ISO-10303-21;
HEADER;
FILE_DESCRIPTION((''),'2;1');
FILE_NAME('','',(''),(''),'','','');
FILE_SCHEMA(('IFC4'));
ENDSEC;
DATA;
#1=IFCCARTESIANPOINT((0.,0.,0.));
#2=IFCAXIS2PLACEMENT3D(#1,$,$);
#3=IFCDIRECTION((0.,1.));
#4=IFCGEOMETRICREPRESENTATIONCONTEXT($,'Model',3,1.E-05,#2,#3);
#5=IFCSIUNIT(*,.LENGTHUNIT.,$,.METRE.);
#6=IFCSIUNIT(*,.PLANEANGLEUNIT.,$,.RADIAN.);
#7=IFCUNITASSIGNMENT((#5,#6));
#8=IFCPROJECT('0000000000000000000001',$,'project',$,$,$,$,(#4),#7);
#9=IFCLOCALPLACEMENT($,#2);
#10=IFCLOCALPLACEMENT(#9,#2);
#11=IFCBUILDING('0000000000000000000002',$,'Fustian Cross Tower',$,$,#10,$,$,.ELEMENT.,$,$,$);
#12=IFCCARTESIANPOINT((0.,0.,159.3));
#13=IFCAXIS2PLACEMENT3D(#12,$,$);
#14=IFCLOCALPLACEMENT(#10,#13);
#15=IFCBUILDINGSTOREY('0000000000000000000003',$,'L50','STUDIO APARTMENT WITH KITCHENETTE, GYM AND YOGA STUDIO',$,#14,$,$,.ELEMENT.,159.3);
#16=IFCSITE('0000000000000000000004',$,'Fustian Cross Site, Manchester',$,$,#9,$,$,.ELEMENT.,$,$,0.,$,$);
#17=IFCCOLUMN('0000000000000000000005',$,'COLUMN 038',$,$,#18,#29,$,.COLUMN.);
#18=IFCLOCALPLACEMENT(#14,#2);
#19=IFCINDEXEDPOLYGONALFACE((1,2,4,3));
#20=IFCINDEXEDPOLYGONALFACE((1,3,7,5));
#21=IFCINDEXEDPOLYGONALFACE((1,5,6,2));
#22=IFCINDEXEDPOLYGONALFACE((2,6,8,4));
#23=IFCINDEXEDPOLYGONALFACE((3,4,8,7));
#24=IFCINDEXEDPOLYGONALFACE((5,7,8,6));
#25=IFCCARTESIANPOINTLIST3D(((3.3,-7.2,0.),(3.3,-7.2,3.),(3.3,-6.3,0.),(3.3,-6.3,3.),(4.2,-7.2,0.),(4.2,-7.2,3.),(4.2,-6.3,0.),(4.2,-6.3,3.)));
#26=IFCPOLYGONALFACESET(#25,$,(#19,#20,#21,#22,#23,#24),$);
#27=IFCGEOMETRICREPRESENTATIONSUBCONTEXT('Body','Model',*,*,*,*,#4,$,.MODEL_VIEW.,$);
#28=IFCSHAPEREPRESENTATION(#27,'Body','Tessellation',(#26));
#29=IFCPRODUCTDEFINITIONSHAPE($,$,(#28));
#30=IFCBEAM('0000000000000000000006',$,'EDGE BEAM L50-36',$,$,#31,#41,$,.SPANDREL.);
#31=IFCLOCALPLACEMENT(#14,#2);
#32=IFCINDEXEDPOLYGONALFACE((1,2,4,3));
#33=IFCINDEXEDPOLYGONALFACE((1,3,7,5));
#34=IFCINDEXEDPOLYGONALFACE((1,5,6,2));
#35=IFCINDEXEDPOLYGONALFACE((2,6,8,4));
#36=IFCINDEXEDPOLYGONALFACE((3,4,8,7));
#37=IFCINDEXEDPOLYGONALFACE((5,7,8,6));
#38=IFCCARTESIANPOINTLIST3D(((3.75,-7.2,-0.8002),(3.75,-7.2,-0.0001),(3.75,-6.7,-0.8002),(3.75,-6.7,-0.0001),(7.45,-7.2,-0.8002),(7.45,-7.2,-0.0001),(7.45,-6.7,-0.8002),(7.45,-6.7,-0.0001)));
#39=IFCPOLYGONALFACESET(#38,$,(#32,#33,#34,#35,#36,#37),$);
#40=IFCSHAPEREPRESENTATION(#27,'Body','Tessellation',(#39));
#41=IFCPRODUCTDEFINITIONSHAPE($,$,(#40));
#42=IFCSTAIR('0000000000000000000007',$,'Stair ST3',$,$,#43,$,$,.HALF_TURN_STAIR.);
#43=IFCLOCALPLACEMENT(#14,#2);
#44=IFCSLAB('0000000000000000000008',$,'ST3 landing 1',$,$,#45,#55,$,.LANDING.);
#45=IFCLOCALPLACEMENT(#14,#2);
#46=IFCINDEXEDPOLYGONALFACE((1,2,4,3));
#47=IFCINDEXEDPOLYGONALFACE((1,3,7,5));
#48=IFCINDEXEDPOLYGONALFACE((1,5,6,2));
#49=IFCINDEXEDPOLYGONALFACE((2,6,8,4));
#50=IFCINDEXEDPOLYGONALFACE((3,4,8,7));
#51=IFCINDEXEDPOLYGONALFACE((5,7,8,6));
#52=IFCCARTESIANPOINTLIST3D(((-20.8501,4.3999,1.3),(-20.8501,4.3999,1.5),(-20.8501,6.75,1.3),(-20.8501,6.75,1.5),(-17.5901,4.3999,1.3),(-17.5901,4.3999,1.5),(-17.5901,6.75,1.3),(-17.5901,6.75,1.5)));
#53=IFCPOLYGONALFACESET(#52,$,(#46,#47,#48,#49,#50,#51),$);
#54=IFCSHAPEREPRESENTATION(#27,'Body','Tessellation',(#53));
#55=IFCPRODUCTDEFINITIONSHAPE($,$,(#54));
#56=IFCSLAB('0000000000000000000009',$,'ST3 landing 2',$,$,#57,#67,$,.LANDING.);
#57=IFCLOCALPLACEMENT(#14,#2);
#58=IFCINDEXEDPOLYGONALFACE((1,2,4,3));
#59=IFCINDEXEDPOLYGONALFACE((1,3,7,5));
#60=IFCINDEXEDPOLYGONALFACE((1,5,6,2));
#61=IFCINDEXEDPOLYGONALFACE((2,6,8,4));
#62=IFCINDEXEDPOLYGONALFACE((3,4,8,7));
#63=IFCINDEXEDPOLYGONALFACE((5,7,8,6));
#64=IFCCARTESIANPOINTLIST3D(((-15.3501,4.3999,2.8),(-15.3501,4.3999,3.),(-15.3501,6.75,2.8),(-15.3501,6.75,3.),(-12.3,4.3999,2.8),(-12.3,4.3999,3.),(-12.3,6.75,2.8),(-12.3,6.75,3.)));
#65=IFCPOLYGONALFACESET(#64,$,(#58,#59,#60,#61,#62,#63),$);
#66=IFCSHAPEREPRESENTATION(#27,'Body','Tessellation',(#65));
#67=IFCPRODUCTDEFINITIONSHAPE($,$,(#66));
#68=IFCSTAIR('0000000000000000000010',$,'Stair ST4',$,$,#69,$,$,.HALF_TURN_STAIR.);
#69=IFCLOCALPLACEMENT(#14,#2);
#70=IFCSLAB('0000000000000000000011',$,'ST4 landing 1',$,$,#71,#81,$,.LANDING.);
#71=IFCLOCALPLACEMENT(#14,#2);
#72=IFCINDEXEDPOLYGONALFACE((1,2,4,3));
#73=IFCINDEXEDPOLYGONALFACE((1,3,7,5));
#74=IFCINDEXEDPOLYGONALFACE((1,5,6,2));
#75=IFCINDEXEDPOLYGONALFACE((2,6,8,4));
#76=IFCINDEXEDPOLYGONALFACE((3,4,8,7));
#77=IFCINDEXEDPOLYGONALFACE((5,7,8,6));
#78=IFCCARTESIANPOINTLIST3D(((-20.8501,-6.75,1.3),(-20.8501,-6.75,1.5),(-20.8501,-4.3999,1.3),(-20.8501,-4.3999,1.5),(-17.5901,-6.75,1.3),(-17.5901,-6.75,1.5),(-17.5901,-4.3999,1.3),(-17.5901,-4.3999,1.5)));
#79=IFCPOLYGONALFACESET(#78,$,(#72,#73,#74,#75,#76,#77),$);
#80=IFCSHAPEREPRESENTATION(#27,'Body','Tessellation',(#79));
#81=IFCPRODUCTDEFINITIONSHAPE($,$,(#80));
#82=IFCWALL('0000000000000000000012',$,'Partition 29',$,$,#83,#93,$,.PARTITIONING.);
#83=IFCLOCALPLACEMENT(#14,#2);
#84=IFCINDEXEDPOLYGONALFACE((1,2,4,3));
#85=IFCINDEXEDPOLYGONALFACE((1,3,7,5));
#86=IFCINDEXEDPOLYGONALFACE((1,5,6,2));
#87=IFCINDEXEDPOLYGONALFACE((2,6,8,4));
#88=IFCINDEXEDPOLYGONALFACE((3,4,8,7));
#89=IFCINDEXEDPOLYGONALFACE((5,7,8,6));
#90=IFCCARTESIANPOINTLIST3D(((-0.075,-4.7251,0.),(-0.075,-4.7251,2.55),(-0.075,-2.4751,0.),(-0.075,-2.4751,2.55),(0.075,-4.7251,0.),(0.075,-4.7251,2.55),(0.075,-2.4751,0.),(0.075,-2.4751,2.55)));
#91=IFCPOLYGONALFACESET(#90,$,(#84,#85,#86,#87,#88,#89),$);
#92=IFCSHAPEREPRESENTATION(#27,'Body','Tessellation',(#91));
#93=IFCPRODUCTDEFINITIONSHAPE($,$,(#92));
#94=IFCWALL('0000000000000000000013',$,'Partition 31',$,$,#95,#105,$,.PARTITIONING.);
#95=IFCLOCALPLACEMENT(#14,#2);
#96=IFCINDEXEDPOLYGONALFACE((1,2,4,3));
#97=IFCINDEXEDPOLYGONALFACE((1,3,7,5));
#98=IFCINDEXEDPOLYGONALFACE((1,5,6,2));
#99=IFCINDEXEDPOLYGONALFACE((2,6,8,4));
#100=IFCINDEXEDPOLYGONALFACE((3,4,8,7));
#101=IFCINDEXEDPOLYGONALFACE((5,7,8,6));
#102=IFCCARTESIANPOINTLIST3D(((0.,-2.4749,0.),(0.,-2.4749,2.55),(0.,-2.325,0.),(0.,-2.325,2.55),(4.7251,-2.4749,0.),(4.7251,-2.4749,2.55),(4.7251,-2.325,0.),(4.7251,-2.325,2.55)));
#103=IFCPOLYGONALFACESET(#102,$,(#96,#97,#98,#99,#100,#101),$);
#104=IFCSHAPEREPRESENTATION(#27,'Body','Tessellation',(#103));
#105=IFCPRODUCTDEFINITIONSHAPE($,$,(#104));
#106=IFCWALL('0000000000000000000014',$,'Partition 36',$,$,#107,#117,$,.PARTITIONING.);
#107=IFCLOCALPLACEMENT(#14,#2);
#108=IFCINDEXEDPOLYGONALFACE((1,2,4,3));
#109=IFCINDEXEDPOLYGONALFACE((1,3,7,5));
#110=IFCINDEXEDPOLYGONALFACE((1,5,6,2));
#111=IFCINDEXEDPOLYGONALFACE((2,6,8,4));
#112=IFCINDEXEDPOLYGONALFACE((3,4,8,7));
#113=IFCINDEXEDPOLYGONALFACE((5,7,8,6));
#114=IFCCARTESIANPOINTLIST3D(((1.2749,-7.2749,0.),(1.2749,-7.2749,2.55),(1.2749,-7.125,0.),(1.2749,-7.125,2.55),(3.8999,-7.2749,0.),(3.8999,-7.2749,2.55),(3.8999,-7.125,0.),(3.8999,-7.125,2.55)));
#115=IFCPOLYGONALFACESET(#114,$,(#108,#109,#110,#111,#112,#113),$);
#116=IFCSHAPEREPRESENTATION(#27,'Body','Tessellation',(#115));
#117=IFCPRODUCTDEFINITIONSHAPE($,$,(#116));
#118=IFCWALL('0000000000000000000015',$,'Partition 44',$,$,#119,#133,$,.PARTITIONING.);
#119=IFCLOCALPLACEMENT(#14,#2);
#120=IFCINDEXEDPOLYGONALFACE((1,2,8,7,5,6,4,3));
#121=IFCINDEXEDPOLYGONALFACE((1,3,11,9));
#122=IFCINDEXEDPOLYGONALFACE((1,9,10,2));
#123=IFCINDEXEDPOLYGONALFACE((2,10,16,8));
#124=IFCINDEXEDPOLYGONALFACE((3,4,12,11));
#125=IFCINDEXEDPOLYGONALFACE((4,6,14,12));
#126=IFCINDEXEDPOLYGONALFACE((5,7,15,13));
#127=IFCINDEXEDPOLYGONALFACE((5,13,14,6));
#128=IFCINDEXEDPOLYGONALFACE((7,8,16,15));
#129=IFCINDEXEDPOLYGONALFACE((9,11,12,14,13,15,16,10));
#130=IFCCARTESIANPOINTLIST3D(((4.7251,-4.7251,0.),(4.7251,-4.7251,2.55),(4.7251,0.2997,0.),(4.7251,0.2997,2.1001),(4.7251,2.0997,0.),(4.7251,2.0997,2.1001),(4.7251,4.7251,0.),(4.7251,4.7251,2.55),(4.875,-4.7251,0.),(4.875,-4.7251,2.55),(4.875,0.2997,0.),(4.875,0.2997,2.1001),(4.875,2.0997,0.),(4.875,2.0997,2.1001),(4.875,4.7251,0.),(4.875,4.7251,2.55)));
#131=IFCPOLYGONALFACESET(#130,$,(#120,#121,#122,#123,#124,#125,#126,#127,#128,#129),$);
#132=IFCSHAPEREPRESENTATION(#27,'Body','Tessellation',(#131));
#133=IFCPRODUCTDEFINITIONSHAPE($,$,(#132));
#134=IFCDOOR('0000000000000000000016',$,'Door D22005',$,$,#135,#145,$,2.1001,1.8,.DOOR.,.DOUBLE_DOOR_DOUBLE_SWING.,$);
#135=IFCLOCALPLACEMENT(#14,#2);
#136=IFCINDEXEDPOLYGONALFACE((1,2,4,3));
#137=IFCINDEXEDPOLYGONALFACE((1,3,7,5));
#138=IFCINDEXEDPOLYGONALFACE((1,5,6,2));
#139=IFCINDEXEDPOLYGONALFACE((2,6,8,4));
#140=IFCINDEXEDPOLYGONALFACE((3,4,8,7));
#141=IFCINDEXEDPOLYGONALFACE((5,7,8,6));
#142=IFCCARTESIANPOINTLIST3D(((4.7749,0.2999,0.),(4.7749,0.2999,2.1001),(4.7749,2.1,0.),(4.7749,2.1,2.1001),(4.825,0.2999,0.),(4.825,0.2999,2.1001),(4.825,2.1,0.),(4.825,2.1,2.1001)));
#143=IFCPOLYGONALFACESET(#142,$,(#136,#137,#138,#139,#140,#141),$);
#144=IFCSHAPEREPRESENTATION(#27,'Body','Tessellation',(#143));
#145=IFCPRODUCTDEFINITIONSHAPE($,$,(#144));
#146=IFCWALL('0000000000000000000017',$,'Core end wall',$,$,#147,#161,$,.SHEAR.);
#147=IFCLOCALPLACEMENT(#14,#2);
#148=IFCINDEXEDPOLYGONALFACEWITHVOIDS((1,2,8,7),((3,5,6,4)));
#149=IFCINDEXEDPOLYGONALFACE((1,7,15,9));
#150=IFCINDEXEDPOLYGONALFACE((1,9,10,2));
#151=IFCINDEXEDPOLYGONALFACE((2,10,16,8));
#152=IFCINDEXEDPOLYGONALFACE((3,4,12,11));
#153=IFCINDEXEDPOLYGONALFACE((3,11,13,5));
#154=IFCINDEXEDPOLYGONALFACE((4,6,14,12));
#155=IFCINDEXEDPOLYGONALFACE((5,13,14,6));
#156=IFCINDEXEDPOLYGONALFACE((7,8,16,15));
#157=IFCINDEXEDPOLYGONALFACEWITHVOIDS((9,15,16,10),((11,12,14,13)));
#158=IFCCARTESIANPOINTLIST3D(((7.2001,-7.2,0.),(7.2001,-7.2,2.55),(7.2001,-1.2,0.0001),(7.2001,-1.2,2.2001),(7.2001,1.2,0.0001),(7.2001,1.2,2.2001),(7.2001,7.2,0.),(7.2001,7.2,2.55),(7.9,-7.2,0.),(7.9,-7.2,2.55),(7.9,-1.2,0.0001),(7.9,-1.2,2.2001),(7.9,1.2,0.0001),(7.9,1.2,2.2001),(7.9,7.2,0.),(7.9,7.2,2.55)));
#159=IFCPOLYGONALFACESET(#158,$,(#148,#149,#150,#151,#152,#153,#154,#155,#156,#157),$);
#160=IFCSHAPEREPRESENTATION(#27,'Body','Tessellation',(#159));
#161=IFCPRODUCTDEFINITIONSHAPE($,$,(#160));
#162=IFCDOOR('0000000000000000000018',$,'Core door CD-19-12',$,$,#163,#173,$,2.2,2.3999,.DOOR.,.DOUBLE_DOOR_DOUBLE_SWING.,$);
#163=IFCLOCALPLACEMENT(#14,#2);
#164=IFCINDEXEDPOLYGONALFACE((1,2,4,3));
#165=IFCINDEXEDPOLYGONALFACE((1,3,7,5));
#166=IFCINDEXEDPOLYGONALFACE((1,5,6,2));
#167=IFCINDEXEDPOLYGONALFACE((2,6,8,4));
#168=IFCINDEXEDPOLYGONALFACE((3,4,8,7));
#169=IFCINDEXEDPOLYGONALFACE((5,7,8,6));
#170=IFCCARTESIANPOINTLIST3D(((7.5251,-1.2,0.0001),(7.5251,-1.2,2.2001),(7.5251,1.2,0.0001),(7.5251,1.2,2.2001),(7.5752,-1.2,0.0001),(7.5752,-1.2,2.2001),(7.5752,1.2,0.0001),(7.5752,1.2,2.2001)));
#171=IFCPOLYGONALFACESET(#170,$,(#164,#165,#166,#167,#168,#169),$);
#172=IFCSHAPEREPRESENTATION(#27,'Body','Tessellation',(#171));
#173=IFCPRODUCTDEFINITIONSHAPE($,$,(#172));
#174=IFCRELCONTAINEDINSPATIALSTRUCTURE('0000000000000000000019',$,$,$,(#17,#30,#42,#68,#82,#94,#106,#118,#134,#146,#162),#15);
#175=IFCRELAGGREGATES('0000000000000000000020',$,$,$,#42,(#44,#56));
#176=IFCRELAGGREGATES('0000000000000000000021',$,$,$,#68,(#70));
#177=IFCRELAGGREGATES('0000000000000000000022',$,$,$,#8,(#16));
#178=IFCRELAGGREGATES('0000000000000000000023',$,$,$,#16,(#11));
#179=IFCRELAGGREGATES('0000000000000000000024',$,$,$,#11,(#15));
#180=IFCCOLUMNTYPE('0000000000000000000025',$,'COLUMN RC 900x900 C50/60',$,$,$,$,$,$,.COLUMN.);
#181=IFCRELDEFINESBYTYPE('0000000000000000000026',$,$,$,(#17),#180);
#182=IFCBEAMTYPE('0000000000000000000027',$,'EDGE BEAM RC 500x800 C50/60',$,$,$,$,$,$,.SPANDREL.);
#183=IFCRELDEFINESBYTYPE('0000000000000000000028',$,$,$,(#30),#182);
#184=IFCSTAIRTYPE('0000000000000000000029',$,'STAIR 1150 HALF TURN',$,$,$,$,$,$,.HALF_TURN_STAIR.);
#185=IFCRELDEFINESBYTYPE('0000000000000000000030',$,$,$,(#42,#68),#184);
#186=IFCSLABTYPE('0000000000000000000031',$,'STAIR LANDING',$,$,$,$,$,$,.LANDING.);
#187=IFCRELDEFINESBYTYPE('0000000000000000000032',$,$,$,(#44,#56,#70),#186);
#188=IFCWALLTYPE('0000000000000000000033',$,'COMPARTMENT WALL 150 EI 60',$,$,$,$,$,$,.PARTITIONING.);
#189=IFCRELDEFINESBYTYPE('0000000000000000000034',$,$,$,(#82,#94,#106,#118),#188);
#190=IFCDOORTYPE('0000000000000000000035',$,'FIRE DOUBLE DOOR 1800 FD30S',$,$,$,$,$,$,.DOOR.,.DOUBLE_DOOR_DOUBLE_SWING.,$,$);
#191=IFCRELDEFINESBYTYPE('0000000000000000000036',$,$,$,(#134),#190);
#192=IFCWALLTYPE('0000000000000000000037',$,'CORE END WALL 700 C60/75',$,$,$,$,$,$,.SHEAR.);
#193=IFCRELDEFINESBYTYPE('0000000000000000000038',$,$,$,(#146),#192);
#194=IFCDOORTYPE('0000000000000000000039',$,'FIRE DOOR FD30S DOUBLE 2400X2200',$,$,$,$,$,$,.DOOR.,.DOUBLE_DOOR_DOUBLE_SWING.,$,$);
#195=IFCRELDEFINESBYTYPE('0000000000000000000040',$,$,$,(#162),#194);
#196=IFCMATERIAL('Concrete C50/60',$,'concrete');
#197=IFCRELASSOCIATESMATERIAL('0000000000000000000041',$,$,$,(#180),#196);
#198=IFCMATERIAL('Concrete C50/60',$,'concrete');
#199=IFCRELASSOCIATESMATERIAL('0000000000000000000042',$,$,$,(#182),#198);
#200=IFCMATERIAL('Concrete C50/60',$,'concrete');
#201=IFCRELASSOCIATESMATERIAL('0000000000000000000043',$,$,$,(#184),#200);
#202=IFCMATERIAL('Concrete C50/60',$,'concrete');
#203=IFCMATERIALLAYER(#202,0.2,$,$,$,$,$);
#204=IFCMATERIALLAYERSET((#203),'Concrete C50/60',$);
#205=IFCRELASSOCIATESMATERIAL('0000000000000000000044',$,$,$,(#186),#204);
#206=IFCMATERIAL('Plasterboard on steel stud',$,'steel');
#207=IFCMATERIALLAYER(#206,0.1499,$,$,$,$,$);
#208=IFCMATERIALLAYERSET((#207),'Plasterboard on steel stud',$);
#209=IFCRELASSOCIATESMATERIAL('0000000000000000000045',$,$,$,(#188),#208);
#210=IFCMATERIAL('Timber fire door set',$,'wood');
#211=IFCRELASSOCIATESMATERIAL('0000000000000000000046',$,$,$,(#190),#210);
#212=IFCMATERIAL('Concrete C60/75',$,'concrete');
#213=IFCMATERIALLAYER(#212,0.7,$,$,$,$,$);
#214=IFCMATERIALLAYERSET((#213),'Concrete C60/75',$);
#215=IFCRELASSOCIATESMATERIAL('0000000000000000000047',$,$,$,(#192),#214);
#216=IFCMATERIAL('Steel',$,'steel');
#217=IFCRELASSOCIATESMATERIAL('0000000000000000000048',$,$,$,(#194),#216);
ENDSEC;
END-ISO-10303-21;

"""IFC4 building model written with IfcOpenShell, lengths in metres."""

from ifc_helpers import new_model, si_unit, direction, frame, frame_2d, origin, origin_2d, place, context, subcontext, project, spatial, polyline, rectangle, outline, extrude, material, layer, layer_set, material_profile, profile_set, type_object, element, fill, aggregate, save


model = new_model("IFC4")

# Units and contexts
model_context = context("Model", 3, precision=1e-05, world=origin(), true_north=direction((0.0, 1.0)))
body_context = subcontext(model_context, "Body", "Model", "MODEL_VIEW")
ifc_project = project(units=[si_unit("LENGTHUNIT", "METRE"), si_unit("PLANEANGLEUNIT", "RADIAN")], contexts=[model_context])

# Site, building, storey
site_placement = place(None, origin())
site = spatial("IfcSite", under=ifc_project, at=site_placement, Name="Fustian Cross Site, Manchester", CompositionType="ELEMENT", RefElevation=0.0)
building_placement = place(site_placement, origin())
building = spatial("IfcBuilding", under=site, at=building_placement, Name="Fustian Cross Tower", CompositionType="ELEMENT")
storey_placement = place(building_placement, frame((0.0, 0.0, 159.3)))
storey = spatial("IfcBuildingStorey", under=building, at=storey_placement, Name="L50", Description="STUDIO APARTMENT WITH KITCHENETTE, GYM AND YOGA STUDIO", CompositionType="ELEMENT", Elevation=159.3)

# Column
ifc_material_1 = material(Name="Concrete C50/60", Category="concrete")
ifc_material_profile_1 = material_profile(ifc_material_1, rectangle(XDim=0.8999, YDim=0.8999, at=origin_2d()), Name="RC 900x900")
ifc_profile_set_1 = profile_set([ifc_material_profile_1], Name="Concrete C50/60")
column_type = type_object("IfcColumnType", Name="COLUMN RC 900x900 C50/60", PredefinedType="COLUMN", material=ifc_profile_set_1)
column_placement = place(storey_placement, frame((3.75, -6.75, 0.0), z_axis=(0.0, 0.0, 1.0), x_axis=(1.0, 0.0, 0.0)))
element("IfcColumn", 1, at=column_placement, inside=storey, type_object=column_type, Name="COLUMN 038", PredefinedType="COLUMN", context=body_context, shape_type="SweptSolid", body=[
    extrude(rectangle(XDim=0.8999, YDim=0.8999, at=origin_2d()), origin(), (0.0, 0.0, 1.0), 3.0),
])

# Beam
ifc_material_2 = material(Name="Concrete C50/60", Category="concrete")
ifc_material_profile_2 = material_profile(ifc_material_2, rectangle(XDim=0.5, YDim=0.8, at=origin_2d()), Name="RC 500x800")
ifc_profile_set_2 = profile_set([ifc_material_profile_2], Name="Concrete C50/60")
beam_type = type_object("IfcBeamType", Name="EDGE BEAM RC 500x800 C50/60", PredefinedType="SPANDREL", material=ifc_profile_set_2)
beam_placement = place(storey_placement, frame((3.75, -6.95, -0.4001), z_axis=(1.0, 0.0, 0.0), x_axis=(0.0, 1.0, 0.0)))
element("IfcBeam", 2, at=beam_placement, inside=storey, type_object=beam_type, Name="EDGE BEAM L50-36", PredefinedType="SPANDREL", context=body_context, shape_type="SweptSolid", body=[
    extrude(rectangle(XDim=0.5, YDim=0.8, at=origin_2d()), origin(), (0.0, 0.0, 1.0), 3.7),
])

# Stair, slabs
ifc_material_3 = material(Name="Concrete C50/60", Category="concrete")
stair_type = type_object("IfcStairType", Name="STAIR 1150 HALF TURN", PredefinedType="HALF_TURN_STAIR", material=ifc_material_3)
stair_1_placement = place(storey_placement, origin())
stair_1 = element("IfcStair", 3, at=stair_1_placement, inside=storey, type_object=stair_type, Name="Stair ST3", PredefinedType="HALF_TURN_STAIR")
ifc_material_4 = material(Name="Concrete C50/60", Category="concrete")
ifc_layer_1 = layer(ifc_material_4, 0.2)
ifc_layer_set_1 = layer_set([ifc_layer_1], Name="Concrete C50/60")
slab_type = type_object("IfcSlabType", Name="STAIR LANDING", PredefinedType="LANDING", material=ifc_layer_set_1)
slab_1_placement = place(storey_placement, frame((0.0, 0.0, 1.3)))
slab_1 = element("IfcSlab", 4, at=slab_1_placement, type_object=slab_type, Name="ST3 landing 1", PredefinedType="LANDING", context=body_context, shape_type="SweptSolid", body=[
    extrude(outline(polyline([(-17.5901, 4.3999), (-20.8501, 4.3999), (-20.8501, 6.75), (-17.5901, 6.75), (-17.5901, 4.3999)])), origin(), (0.0, 0.0, 1.0), 0.2),
])
slab_2_placement = place(storey_placement, frame((0.0, 0.0, 2.8)))
slab_2 = element("IfcSlab", 5, at=slab_2_placement, type_object=slab_type, Name="ST3 landing 2", PredefinedType="LANDING", context=body_context, shape_type="SweptSolid", body=[
    extrude(outline(polyline([(-12.3, 4.3999), (-15.3501, 4.3999), (-15.3501, 6.75), (-12.3, 6.75), (-12.3, 4.3999)])), origin(), (0.0, 0.0, 1.0), 0.2),
])
aggregate(stair_1, [slab_1, slab_2])

# Stair, slab
stair_2_placement = place(storey_placement, origin())
stair_2 = element("IfcStair", 6, at=stair_2_placement, inside=storey, type_object=stair_type, Name="Stair ST4", PredefinedType="HALF_TURN_STAIR")
slab_3_placement = place(storey_placement, frame((0.0, 0.0, 1.3)))
slab_3 = element("IfcSlab", 7, at=slab_3_placement, type_object=slab_type, Name="ST4 landing 1", PredefinedType="LANDING", context=body_context, shape_type="SweptSolid", body=[
    extrude(outline(polyline([(-17.5901, -4.3999), (-20.8501, -4.3999), (-20.8501, -6.75), (-17.5901, -6.75), (-17.5901, -4.3999)])), origin(), (0.0, 0.0, 1.0), 0.2),
])
aggregate(stair_2, [slab_3])

# Walls
ifc_material_5 = material(Name="Plasterboard on steel stud", Category="steel")
ifc_layer_2 = layer(ifc_material_5, 0.1499)
ifc_layer_set_2 = layer_set([ifc_layer_2], Name="Plasterboard on steel stud")
wall_type_1 = type_object("IfcWallType", Name="COMPARTMENT WALL 150 EI 60", PredefinedType="PARTITIONING", material=ifc_layer_set_2)
wall_1_placement = place(storey_placement, frame((0.0, -4.7251, 0.0), z_axis=(0.0, 0.0, 1.0), x_axis=(0.0, 1.0, 0.0)))
element("IfcWall", 8, at=wall_1_placement, inside=storey, type_object=wall_type_1, Name="Partition 29", PredefinedType="PARTITIONING", context=body_context, shape_type="SweptSolid", body=[
    extrude(rectangle(XDim=2.25, YDim=0.1499, at=frame_2d((1.125, 0.0))), origin(), (0.0, 0.0, 1.0), 2.55),
])
wall_2_placement = place(storey_placement, frame((0.0, -2.3999, 0.0), z_axis=(0.0, 0.0, 1.0), x_axis=(1.0, 0.0, 0.0)))
element("IfcWall", 9, at=wall_2_placement, inside=storey, type_object=wall_type_1, Name="Partition 31", PredefinedType="PARTITIONING", context=body_context, shape_type="SweptSolid", body=[
    extrude(rectangle(XDim=4.7251, YDim=0.1499, at=frame_2d((2.3625, 0.0))), origin(), (0.0, 0.0, 1.0), 2.55),
])
wall_3_placement = place(storey_placement, frame((1.2749, -7.2, 0.0), z_axis=(0.0, 0.0, 1.0), x_axis=(1.0, 0.0, 0.0)))
element("IfcWall", 10, at=wall_3_placement, inside=storey, type_object=wall_type_1, Name="Partition 36", PredefinedType="PARTITIONING", context=body_context, shape_type="SweptSolid", body=[
    extrude(rectangle(XDim=2.625, YDim=0.1499, at=frame_2d((1.3125, 0.0))), origin(), (0.0, 0.0, 1.0), 2.55),
])

# Walls, openings, doors
wall_4_placement = place(storey_placement, frame((4.8, -4.7251, 0.0), z_axis=(0.0, 0.0, 1.0), x_axis=(0.0, 1.0, 0.0)))
wall_4 = element("IfcWall", 11, at=wall_4_placement, inside=storey, type_object=wall_type_1, Name="Partition 44", PredefinedType="PARTITIONING", context=body_context, shape_type="SweptSolid", body=[
    extrude(rectangle(XDim=9.4502, YDim=0.1499, at=frame_2d((4.7251, 0.0))), origin(), (0.0, 0.0, 1.0), 2.55),
])
opening_1_placement = place(wall_4_placement, frame((5.0249, 0.0, 0.0)))
opening_1 = element("IfcOpeningElement", 12, at=opening_1_placement, cuts=wall_4, PredefinedType="OPENING", context=body_context, shape_type="SweptSolid", body=[
    extrude(rectangle(XDim=1.8, YDim=2.1001, at=frame_2d((0.8999, 1.05))), frame((0.0, 0.085, 0.0), z_axis=(0.0, -1.0, 0.0), x_axis=(1.0, 0.0, 0.0)), (0.0, 0.0, 1.0), 0.1699),
])
ifc_material_6 = material(Name="Timber fire door set", Category="wood")
door_type_1 = type_object("IfcDoorType", Name="FIRE DOUBLE DOOR 1800 FD30S", OperationType="DOUBLE_DOOR_DOUBLE_SWING", PredefinedType="DOOR", material=ifc_material_6)
door_1_placement = place(opening_1_placement, frame((1.8, 0.0, 0.0), z_axis=(0.0, 0.0, 1.0), x_axis=(-1.0, 0.0, 0.0)))
door_1 = element("IfcDoor", 13, at=door_1_placement, inside=storey, type_object=door_type_1, Name="Door D22005", OperationType="DOUBLE_DOOR_DOUBLE_SWING", OverallHeight=2.1001, OverallWidth=1.8, PredefinedType="DOOR", context=body_context, shape_type="SweptSolid", body=[
    extrude(rectangle(XDim=1.8, YDim=2.1001, at=frame_2d((0.8999, 1.05))), frame((0.0, 0.0249, 0.0), z_axis=(0.0, -1.0, 0.0), x_axis=(1.0, 0.0, 0.0)), (0.0, 0.0, 1.0), 0.05),
])
fill(opening_1, door_1)
ifc_material_7 = material(Name="Concrete C60/75", Category="concrete")
ifc_layer_3 = layer(ifc_material_7, 0.7)
ifc_layer_set_3 = layer_set([ifc_layer_3], Name="Concrete C60/75")
wall_type_2 = type_object("IfcWallType", Name="CORE END WALL 700 C60/75", PredefinedType="SHEAR", material=ifc_layer_set_3)
wall_5_placement = place(storey_placement, frame((7.55, -7.2, 0.0), z_axis=(0.0, 0.0, 1.0), x_axis=(0.0, 1.0, 0.0)))
wall_5 = element("IfcWall", 14, at=wall_5_placement, inside=storey, type_object=wall_type_2, Name="Core end wall", PredefinedType="SHEAR", context=body_context, shape_type="SweptSolid", body=[
    extrude(rectangle(XDim=14.3999, YDim=0.7, at=frame_2d((7.2, 0.0))), origin(), (0.0, 0.0, 1.0), 2.55),
])
opening_2_placement = place(wall_5_placement, frame((6.0, 0.0, 0.0)))
opening_2 = element("IfcOpeningElement", 15, at=opening_2_placement, cuts=wall_5, PredefinedType="OPENING", context=body_context, shape_type="SweptSolid", body=[
    extrude(rectangle(XDim=2.3999, YDim=2.2, at=frame_2d((1.2, 1.1001))), frame((0.0, 0.3599, 0.0), z_axis=(0.0, -1.0, 0.0), x_axis=(1.0, 0.0, 0.0)), (0.0, 0.0, 1.0), 0.72),
])
ifc_material_8 = material(Name="Steel", Category="steel")
door_type_2 = type_object("IfcDoorType", Name="FIRE DOOR FD30S DOUBLE 2400X2200", OperationType="DOUBLE_DOOR_DOUBLE_SWING", PredefinedType="DOOR", material=ifc_material_8)
door_2_placement = place(opening_2_placement, origin())
door_2 = element("IfcDoor", 16, at=door_2_placement, inside=storey, type_object=door_type_2, Name="Core door CD-19-12", OperationType="DOUBLE_DOOR_DOUBLE_SWING", OverallHeight=2.2, OverallWidth=2.3999, PredefinedType="DOOR", context=body_context, shape_type="SweptSolid", body=[
    extrude(rectangle(XDim=2.3999, YDim=2.2, at=frame_2d((1.2, 1.1001))), frame((0.0, 0.0249, 0.0), z_axis=(0.0, -1.0, 0.0), x_axis=(1.0, 0.0, 0.0)), (0.0, 0.0, 1.0), 0.05),
])
fill(opening_2, door_2)

save(model, "model.ifc")
